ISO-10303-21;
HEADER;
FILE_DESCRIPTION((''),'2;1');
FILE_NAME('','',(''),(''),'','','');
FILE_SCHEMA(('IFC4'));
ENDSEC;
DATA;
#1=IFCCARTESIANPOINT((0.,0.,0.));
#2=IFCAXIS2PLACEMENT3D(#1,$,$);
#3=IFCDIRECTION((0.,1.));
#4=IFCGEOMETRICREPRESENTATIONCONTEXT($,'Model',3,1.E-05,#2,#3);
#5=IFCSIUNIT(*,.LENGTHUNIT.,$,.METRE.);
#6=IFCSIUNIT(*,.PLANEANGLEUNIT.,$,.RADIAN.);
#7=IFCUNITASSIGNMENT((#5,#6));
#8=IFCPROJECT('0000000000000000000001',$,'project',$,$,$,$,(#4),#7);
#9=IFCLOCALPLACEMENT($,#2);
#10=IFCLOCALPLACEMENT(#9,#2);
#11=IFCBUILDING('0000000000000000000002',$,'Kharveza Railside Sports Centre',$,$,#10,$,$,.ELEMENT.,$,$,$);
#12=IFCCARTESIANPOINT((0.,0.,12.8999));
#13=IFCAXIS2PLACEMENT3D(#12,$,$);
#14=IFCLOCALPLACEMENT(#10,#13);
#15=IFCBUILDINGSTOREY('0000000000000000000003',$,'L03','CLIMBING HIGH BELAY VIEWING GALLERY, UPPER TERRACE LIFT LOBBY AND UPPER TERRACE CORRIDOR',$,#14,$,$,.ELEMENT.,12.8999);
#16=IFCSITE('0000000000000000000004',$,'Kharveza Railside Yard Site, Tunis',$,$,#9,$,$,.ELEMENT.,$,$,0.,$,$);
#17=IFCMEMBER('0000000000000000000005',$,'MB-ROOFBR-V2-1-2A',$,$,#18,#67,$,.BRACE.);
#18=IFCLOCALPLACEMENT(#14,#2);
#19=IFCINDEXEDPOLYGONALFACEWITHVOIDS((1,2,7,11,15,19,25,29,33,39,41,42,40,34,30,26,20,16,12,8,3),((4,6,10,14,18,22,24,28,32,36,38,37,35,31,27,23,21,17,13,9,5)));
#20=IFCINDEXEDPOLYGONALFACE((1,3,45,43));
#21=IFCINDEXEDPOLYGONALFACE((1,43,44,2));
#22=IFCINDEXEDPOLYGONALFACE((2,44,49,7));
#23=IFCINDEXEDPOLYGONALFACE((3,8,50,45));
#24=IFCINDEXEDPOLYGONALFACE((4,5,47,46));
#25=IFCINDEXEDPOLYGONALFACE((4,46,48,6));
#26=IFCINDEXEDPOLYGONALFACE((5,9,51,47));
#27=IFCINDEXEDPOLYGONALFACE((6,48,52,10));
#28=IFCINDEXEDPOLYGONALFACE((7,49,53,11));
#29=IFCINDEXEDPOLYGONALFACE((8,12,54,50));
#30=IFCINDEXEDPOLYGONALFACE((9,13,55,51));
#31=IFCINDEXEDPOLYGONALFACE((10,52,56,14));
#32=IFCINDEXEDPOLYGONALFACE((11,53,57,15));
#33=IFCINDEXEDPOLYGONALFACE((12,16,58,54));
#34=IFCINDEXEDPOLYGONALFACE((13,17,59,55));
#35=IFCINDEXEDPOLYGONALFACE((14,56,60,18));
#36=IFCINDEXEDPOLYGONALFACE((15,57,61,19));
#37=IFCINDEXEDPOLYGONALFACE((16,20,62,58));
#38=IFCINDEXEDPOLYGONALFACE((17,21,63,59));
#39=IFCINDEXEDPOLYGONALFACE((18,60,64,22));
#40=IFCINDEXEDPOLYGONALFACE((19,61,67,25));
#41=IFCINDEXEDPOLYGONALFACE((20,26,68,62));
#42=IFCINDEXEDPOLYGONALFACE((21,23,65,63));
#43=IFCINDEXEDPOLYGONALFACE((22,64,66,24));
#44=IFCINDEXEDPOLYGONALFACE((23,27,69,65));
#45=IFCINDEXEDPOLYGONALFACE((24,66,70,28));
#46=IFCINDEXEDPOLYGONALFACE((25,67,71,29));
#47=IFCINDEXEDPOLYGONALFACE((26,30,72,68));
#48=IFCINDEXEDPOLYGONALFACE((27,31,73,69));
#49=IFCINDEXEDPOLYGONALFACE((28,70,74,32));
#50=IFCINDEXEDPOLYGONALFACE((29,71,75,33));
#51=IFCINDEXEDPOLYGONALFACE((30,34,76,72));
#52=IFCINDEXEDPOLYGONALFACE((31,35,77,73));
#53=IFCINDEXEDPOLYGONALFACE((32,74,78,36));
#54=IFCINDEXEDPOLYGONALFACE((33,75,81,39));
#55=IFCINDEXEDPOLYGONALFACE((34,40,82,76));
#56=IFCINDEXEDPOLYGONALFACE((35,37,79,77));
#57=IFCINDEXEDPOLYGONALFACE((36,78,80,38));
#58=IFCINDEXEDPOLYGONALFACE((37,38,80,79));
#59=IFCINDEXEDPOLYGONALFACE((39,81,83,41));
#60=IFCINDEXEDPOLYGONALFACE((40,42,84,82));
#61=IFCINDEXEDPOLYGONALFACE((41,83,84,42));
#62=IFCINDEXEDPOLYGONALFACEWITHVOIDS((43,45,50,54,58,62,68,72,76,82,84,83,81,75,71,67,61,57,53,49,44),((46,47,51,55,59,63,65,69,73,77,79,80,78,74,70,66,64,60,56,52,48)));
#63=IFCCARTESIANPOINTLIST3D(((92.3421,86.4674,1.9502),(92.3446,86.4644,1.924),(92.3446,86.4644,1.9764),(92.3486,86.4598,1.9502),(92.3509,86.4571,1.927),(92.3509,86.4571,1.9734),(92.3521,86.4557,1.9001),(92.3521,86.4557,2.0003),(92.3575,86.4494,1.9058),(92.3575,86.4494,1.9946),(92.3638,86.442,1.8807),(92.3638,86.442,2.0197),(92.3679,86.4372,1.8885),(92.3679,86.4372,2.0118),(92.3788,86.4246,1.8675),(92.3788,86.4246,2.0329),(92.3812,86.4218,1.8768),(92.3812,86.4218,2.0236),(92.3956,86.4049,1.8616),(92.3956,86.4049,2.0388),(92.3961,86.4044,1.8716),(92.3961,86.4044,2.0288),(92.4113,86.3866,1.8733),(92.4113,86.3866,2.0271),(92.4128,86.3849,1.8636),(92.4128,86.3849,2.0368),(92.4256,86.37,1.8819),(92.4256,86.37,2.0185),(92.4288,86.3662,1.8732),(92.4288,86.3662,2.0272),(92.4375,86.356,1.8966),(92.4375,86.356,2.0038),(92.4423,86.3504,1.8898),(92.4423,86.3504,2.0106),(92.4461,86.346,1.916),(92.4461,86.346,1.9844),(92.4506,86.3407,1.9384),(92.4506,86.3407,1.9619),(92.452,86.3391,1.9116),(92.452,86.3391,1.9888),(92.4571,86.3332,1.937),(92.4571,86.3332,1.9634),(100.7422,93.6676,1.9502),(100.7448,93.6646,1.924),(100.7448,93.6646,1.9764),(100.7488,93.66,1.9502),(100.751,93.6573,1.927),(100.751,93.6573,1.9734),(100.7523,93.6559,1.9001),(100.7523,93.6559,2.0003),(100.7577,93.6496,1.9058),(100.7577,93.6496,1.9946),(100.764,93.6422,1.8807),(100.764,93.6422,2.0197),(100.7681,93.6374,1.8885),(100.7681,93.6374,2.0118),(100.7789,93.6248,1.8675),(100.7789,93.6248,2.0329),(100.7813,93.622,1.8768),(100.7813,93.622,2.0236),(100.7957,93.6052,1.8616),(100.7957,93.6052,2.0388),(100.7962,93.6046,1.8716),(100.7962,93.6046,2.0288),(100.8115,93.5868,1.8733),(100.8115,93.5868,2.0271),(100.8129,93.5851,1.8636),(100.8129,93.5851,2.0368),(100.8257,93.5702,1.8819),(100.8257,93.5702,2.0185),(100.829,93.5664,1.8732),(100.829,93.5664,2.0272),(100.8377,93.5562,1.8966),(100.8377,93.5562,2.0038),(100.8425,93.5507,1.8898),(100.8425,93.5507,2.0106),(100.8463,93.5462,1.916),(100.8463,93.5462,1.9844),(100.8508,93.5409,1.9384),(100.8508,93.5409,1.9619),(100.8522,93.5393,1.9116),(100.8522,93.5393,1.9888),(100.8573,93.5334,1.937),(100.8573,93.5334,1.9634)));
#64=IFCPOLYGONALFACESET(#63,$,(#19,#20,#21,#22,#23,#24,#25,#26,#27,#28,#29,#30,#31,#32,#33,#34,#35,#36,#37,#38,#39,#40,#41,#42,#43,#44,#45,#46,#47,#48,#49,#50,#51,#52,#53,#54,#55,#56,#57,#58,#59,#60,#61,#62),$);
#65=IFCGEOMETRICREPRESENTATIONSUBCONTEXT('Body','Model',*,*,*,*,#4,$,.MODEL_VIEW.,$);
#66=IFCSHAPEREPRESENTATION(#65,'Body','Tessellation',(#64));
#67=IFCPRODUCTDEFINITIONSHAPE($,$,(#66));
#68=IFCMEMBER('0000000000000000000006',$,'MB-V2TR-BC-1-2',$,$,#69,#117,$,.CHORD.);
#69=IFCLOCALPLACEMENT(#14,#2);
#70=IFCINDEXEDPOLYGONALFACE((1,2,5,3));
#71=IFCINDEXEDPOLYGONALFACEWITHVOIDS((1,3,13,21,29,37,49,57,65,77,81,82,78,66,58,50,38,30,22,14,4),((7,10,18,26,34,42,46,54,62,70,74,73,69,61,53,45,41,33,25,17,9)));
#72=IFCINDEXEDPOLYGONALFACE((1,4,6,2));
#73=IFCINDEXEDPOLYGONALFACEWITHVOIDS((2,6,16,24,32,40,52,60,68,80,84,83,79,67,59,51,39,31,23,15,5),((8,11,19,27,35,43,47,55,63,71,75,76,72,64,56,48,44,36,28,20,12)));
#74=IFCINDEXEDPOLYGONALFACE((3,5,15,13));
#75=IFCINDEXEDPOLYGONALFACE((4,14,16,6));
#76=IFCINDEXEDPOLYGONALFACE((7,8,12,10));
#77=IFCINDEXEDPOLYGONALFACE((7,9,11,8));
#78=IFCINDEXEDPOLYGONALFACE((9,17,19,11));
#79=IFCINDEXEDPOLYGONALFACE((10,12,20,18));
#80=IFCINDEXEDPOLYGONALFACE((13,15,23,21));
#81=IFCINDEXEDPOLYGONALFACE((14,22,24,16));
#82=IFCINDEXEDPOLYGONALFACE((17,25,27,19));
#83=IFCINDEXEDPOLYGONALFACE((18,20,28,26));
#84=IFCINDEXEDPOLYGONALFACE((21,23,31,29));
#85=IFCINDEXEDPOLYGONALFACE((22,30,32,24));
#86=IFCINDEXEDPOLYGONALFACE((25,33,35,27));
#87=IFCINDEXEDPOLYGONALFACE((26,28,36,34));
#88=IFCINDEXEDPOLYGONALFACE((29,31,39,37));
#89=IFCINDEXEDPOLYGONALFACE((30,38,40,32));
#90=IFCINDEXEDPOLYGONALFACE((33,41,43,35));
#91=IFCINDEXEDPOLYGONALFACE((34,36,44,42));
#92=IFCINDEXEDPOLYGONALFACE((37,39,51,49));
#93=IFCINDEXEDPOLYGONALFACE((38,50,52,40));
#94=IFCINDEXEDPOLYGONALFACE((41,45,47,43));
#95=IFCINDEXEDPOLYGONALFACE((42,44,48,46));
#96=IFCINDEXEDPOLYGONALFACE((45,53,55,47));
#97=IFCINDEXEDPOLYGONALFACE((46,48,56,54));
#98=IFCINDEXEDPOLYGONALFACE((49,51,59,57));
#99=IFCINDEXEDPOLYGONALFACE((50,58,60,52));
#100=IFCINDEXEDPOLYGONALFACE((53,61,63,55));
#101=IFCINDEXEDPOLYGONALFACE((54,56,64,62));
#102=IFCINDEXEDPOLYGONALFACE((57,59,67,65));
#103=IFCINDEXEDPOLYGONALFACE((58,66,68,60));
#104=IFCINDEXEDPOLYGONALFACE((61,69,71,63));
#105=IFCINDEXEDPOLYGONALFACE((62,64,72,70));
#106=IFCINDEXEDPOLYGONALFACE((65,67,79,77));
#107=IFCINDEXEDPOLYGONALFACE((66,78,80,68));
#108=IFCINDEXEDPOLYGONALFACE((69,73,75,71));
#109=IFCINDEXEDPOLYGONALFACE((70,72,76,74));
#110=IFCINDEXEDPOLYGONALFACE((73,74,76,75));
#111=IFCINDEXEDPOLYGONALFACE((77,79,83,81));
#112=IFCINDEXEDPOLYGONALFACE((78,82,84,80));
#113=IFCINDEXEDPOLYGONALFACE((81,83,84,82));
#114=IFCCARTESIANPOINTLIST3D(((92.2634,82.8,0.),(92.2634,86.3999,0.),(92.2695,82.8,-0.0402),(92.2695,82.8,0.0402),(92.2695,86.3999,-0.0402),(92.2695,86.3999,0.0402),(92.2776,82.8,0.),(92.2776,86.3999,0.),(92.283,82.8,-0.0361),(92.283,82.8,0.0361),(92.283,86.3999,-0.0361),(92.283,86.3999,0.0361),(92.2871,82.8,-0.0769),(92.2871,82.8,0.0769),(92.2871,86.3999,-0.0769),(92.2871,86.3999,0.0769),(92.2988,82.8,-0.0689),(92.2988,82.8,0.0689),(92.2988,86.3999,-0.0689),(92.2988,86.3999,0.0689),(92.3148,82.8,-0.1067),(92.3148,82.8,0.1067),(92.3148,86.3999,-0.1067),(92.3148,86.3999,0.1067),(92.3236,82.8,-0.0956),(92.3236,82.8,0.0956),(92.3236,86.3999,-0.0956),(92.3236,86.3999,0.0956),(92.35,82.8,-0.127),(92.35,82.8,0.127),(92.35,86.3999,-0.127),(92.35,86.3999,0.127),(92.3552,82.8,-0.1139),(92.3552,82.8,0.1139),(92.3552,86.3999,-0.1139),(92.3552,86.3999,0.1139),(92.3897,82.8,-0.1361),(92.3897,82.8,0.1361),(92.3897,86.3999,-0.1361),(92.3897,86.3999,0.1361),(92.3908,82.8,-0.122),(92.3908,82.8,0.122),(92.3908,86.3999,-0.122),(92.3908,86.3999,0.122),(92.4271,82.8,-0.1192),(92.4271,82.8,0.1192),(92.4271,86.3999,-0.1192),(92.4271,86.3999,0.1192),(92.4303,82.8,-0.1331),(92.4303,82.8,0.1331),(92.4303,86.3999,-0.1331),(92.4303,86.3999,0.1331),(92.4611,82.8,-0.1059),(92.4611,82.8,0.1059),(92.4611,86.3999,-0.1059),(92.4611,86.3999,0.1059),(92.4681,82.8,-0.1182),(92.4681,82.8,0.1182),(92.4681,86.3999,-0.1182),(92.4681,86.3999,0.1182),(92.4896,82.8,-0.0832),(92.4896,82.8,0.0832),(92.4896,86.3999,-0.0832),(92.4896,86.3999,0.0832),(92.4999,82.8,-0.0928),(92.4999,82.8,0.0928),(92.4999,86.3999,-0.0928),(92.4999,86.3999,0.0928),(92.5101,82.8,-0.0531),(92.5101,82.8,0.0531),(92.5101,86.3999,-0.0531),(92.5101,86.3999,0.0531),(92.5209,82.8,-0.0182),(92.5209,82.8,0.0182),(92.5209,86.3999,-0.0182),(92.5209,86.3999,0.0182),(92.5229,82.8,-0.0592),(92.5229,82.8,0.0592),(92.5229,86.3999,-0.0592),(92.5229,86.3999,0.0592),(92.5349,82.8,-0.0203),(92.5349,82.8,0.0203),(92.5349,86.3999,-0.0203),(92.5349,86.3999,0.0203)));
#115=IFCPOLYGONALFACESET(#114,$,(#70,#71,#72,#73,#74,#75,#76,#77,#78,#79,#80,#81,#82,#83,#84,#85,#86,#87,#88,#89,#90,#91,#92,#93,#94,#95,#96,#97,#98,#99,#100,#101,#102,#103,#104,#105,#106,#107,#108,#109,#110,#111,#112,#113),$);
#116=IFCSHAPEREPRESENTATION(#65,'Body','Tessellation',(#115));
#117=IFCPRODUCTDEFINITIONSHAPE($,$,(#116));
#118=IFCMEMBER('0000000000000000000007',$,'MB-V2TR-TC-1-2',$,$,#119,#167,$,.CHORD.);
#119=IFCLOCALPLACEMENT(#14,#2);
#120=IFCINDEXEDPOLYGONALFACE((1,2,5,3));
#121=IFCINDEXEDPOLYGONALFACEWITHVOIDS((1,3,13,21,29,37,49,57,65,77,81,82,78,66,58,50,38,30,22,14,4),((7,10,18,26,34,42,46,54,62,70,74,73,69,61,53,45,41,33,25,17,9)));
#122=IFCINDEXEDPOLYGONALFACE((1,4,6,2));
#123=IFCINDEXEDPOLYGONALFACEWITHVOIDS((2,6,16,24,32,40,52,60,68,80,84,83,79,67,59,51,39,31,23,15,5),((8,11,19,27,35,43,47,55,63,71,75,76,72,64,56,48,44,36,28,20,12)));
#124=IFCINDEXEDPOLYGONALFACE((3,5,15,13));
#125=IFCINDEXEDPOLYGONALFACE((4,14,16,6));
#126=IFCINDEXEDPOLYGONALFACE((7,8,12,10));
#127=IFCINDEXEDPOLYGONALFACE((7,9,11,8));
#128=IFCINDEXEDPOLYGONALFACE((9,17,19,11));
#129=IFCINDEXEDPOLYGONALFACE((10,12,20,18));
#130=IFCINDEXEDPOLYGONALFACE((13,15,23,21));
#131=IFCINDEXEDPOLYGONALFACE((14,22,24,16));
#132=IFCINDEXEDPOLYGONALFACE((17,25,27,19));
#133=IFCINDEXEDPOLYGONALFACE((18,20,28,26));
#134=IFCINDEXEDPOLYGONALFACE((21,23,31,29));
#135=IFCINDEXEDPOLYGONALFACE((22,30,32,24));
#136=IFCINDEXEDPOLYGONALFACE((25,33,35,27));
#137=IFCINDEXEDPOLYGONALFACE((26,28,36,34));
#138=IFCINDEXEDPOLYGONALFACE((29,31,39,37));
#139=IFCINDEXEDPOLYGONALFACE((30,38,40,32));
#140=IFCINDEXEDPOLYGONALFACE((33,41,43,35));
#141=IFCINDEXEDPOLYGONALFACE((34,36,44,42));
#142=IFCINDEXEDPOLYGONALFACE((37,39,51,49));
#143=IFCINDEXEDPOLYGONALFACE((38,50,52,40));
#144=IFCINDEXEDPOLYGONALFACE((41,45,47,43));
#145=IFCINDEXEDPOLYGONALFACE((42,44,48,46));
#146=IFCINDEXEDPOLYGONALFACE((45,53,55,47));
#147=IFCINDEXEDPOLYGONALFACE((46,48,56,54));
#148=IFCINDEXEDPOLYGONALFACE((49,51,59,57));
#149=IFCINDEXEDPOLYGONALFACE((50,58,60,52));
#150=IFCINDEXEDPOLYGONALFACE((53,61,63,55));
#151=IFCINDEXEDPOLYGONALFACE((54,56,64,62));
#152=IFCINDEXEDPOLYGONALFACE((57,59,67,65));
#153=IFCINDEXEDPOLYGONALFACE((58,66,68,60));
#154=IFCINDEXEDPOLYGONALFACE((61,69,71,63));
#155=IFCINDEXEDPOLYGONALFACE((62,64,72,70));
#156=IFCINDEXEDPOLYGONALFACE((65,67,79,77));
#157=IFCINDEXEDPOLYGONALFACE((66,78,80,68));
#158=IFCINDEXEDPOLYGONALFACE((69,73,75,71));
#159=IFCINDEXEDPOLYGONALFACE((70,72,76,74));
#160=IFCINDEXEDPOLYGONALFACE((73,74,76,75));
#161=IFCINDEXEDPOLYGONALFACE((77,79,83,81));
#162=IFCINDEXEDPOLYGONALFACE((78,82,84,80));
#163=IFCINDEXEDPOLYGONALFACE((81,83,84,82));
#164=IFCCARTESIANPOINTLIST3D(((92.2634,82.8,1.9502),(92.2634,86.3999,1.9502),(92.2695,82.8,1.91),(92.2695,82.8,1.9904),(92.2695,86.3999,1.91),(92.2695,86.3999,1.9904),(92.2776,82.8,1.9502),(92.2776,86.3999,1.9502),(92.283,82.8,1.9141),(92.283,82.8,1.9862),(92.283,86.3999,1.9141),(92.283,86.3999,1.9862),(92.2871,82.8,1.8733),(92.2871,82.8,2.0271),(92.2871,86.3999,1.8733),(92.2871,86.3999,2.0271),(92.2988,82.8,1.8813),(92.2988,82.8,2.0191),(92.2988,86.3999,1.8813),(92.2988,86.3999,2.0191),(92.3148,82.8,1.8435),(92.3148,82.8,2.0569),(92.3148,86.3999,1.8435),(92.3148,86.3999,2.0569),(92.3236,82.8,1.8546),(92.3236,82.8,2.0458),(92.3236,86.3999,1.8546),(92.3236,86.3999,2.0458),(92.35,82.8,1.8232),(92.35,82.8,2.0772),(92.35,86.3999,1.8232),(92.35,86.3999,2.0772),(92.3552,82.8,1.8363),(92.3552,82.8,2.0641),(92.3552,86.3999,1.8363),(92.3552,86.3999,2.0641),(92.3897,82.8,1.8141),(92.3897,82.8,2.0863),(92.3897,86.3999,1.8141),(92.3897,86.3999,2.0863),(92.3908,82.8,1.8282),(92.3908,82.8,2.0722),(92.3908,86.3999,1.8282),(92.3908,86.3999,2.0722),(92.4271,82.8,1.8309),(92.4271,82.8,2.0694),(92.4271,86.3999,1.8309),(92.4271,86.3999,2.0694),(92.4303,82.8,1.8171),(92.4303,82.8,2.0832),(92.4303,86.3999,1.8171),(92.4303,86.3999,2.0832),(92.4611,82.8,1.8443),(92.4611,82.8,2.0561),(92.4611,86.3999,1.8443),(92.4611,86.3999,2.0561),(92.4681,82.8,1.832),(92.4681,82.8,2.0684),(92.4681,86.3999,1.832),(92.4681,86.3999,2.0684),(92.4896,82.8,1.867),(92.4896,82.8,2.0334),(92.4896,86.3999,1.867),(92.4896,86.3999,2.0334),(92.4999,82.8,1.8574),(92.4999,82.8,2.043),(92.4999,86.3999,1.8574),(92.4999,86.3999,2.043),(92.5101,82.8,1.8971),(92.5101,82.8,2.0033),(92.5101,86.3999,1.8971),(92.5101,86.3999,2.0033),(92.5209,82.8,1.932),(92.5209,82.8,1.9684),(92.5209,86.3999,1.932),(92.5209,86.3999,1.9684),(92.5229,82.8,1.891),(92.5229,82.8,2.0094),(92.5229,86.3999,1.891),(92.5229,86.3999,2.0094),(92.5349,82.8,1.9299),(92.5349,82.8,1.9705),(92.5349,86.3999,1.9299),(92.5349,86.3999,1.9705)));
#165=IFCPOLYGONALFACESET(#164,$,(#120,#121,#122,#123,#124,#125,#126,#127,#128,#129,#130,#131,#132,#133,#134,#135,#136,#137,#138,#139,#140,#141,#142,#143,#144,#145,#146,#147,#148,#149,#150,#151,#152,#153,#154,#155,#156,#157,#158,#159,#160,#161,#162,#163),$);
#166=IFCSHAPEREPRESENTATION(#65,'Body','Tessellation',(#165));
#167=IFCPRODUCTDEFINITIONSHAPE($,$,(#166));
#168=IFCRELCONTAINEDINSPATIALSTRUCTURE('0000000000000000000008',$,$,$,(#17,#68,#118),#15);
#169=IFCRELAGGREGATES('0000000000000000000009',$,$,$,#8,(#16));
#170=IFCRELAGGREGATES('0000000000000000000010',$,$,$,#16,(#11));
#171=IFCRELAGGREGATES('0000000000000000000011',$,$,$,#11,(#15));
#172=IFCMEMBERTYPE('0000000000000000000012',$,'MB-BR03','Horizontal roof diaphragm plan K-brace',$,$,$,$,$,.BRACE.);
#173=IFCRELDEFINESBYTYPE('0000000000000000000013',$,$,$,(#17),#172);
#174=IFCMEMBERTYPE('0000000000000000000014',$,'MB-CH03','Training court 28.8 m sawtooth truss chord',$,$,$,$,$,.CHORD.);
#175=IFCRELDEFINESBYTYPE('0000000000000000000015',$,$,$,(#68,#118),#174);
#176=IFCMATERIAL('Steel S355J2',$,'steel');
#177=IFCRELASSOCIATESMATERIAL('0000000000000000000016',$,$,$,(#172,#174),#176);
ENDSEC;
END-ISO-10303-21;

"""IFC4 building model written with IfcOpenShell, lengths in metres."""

from ifc_helpers import new_model, si_unit, direction, frame, origin, origin_2d, place, context, subcontext, project, spatial, hollow_circle, extrude, material, material_profile, profile_set, type_object, element, save


model = new_model("IFC4")

# Units and contexts
model_context = context("Model", 3, precision=1e-05, world=origin(), true_north=direction((0.0, 1.0)))
body_context = subcontext(model_context, "Body", "Model", "MODEL_VIEW")
ifc_project = project(units=[si_unit("LENGTHUNIT", "METRE"), si_unit("PLANEANGLEUNIT", "RADIAN")], contexts=[model_context])

# Site, building, storey
site_placement = place(None, origin())
site = spatial("IfcSite", under=ifc_project, at=site_placement, Name="Kharveza Railside Yard Site, Tunis", CompositionType="ELEMENT", RefElevation=0.0)
building_placement = place(site_placement, origin())
building = spatial("IfcBuilding", under=site, at=building_placement, Name="Kharveza Railside Sports Centre", CompositionType="ELEMENT")
storey_placement = place(building_placement, frame((0.0, 0.0, 12.8999)))
storey = spatial("IfcBuildingStorey", under=building, at=storey_placement, Name="L03", Description="CLIMBING HIGH BELAY VIEWING GALLERY, UPPER TERRACE LIFT LOBBY AND UPPER TERRACE CORRIDOR", CompositionType="ELEMENT", Elevation=12.8999)

# Shared definitions
ifc_material_1 = material(Name="Steel S355J2", Category="steel")

# Members
ifc_material_profile_1 = material_profile(ifc_material_1, hollow_circle(Radius=0.0889, WallThickness=0.01, at=origin_2d()), Name="CHS 177.8x10.0")
ifc_profile_set_1 = profile_set([ifc_material_profile_1], Name="Steel S355J2")
member_type_1 = type_object("IfcMemberType", Name="MB-BR03", Description="Horizontal roof diaphragm plan K-brace", PredefinedType="BRACE", material=ifc_profile_set_1)
member_1_placement = place(storey_placement, frame((92.3999, 86.3999, 1.9502), z_axis=(0.759253, 0.650795, 0.0), x_axis=(-0.650795, 0.759253, 0.0)))
element("IfcMember", 1, at=member_1_placement, inside=storey, type_object=member_type_1, Name="MB-ROOFBR-V2-1-2A", PredefinedType="BRACE", context=body_context, shape_type="SweptSolid", body=[
    extrude(hollow_circle(Radius=0.0889, WallThickness=0.01, at=origin_2d()), origin(), (0.0, 0.0, 1.0), 11.0637),
])
ifc_material_profile_2 = material_profile(ifc_material_1, hollow_circle(Radius=0.1365, WallThickness=0.0142, at=origin_2d()), Name="CHS 273.0x14.2")
ifc_profile_set_2 = profile_set([ifc_material_profile_2], Name="Steel S355J2")
member_type_2 = type_object("IfcMemberType", Name="MB-CH03", Description="Training court 28.8 m sawtooth truss chord", PredefinedType="CHORD", material=ifc_profile_set_2)
for number, where, z_axis, x_axis, name in (
    (2, (92.3999, 82.8, 0.0), (0.0, 1.0, 0.0), (-1.0, 0.0, 0.0), "MB-V2TR-BC-1-2"),
    (3, (92.3999, 82.8, 1.9502), (0.0, 1.0, 0.0), (-1.0, 0.0, 0.0), "MB-V2TR-TC-1-2"),
):
    element("IfcMember", number, at=place(storey_placement, frame(where, z_axis=z_axis, x_axis=x_axis)), inside=storey, type_object=member_type_2, Name=name, PredefinedType="CHORD", context=body_context, shape_type="SweptSolid", body=[
        extrude(hollow_circle(Radius=0.1365, WallThickness=0.0142, at=origin_2d()), origin(), (0.0, 0.0, 1.0), 3.5999),
    ])

save(model, "model.ifc")
